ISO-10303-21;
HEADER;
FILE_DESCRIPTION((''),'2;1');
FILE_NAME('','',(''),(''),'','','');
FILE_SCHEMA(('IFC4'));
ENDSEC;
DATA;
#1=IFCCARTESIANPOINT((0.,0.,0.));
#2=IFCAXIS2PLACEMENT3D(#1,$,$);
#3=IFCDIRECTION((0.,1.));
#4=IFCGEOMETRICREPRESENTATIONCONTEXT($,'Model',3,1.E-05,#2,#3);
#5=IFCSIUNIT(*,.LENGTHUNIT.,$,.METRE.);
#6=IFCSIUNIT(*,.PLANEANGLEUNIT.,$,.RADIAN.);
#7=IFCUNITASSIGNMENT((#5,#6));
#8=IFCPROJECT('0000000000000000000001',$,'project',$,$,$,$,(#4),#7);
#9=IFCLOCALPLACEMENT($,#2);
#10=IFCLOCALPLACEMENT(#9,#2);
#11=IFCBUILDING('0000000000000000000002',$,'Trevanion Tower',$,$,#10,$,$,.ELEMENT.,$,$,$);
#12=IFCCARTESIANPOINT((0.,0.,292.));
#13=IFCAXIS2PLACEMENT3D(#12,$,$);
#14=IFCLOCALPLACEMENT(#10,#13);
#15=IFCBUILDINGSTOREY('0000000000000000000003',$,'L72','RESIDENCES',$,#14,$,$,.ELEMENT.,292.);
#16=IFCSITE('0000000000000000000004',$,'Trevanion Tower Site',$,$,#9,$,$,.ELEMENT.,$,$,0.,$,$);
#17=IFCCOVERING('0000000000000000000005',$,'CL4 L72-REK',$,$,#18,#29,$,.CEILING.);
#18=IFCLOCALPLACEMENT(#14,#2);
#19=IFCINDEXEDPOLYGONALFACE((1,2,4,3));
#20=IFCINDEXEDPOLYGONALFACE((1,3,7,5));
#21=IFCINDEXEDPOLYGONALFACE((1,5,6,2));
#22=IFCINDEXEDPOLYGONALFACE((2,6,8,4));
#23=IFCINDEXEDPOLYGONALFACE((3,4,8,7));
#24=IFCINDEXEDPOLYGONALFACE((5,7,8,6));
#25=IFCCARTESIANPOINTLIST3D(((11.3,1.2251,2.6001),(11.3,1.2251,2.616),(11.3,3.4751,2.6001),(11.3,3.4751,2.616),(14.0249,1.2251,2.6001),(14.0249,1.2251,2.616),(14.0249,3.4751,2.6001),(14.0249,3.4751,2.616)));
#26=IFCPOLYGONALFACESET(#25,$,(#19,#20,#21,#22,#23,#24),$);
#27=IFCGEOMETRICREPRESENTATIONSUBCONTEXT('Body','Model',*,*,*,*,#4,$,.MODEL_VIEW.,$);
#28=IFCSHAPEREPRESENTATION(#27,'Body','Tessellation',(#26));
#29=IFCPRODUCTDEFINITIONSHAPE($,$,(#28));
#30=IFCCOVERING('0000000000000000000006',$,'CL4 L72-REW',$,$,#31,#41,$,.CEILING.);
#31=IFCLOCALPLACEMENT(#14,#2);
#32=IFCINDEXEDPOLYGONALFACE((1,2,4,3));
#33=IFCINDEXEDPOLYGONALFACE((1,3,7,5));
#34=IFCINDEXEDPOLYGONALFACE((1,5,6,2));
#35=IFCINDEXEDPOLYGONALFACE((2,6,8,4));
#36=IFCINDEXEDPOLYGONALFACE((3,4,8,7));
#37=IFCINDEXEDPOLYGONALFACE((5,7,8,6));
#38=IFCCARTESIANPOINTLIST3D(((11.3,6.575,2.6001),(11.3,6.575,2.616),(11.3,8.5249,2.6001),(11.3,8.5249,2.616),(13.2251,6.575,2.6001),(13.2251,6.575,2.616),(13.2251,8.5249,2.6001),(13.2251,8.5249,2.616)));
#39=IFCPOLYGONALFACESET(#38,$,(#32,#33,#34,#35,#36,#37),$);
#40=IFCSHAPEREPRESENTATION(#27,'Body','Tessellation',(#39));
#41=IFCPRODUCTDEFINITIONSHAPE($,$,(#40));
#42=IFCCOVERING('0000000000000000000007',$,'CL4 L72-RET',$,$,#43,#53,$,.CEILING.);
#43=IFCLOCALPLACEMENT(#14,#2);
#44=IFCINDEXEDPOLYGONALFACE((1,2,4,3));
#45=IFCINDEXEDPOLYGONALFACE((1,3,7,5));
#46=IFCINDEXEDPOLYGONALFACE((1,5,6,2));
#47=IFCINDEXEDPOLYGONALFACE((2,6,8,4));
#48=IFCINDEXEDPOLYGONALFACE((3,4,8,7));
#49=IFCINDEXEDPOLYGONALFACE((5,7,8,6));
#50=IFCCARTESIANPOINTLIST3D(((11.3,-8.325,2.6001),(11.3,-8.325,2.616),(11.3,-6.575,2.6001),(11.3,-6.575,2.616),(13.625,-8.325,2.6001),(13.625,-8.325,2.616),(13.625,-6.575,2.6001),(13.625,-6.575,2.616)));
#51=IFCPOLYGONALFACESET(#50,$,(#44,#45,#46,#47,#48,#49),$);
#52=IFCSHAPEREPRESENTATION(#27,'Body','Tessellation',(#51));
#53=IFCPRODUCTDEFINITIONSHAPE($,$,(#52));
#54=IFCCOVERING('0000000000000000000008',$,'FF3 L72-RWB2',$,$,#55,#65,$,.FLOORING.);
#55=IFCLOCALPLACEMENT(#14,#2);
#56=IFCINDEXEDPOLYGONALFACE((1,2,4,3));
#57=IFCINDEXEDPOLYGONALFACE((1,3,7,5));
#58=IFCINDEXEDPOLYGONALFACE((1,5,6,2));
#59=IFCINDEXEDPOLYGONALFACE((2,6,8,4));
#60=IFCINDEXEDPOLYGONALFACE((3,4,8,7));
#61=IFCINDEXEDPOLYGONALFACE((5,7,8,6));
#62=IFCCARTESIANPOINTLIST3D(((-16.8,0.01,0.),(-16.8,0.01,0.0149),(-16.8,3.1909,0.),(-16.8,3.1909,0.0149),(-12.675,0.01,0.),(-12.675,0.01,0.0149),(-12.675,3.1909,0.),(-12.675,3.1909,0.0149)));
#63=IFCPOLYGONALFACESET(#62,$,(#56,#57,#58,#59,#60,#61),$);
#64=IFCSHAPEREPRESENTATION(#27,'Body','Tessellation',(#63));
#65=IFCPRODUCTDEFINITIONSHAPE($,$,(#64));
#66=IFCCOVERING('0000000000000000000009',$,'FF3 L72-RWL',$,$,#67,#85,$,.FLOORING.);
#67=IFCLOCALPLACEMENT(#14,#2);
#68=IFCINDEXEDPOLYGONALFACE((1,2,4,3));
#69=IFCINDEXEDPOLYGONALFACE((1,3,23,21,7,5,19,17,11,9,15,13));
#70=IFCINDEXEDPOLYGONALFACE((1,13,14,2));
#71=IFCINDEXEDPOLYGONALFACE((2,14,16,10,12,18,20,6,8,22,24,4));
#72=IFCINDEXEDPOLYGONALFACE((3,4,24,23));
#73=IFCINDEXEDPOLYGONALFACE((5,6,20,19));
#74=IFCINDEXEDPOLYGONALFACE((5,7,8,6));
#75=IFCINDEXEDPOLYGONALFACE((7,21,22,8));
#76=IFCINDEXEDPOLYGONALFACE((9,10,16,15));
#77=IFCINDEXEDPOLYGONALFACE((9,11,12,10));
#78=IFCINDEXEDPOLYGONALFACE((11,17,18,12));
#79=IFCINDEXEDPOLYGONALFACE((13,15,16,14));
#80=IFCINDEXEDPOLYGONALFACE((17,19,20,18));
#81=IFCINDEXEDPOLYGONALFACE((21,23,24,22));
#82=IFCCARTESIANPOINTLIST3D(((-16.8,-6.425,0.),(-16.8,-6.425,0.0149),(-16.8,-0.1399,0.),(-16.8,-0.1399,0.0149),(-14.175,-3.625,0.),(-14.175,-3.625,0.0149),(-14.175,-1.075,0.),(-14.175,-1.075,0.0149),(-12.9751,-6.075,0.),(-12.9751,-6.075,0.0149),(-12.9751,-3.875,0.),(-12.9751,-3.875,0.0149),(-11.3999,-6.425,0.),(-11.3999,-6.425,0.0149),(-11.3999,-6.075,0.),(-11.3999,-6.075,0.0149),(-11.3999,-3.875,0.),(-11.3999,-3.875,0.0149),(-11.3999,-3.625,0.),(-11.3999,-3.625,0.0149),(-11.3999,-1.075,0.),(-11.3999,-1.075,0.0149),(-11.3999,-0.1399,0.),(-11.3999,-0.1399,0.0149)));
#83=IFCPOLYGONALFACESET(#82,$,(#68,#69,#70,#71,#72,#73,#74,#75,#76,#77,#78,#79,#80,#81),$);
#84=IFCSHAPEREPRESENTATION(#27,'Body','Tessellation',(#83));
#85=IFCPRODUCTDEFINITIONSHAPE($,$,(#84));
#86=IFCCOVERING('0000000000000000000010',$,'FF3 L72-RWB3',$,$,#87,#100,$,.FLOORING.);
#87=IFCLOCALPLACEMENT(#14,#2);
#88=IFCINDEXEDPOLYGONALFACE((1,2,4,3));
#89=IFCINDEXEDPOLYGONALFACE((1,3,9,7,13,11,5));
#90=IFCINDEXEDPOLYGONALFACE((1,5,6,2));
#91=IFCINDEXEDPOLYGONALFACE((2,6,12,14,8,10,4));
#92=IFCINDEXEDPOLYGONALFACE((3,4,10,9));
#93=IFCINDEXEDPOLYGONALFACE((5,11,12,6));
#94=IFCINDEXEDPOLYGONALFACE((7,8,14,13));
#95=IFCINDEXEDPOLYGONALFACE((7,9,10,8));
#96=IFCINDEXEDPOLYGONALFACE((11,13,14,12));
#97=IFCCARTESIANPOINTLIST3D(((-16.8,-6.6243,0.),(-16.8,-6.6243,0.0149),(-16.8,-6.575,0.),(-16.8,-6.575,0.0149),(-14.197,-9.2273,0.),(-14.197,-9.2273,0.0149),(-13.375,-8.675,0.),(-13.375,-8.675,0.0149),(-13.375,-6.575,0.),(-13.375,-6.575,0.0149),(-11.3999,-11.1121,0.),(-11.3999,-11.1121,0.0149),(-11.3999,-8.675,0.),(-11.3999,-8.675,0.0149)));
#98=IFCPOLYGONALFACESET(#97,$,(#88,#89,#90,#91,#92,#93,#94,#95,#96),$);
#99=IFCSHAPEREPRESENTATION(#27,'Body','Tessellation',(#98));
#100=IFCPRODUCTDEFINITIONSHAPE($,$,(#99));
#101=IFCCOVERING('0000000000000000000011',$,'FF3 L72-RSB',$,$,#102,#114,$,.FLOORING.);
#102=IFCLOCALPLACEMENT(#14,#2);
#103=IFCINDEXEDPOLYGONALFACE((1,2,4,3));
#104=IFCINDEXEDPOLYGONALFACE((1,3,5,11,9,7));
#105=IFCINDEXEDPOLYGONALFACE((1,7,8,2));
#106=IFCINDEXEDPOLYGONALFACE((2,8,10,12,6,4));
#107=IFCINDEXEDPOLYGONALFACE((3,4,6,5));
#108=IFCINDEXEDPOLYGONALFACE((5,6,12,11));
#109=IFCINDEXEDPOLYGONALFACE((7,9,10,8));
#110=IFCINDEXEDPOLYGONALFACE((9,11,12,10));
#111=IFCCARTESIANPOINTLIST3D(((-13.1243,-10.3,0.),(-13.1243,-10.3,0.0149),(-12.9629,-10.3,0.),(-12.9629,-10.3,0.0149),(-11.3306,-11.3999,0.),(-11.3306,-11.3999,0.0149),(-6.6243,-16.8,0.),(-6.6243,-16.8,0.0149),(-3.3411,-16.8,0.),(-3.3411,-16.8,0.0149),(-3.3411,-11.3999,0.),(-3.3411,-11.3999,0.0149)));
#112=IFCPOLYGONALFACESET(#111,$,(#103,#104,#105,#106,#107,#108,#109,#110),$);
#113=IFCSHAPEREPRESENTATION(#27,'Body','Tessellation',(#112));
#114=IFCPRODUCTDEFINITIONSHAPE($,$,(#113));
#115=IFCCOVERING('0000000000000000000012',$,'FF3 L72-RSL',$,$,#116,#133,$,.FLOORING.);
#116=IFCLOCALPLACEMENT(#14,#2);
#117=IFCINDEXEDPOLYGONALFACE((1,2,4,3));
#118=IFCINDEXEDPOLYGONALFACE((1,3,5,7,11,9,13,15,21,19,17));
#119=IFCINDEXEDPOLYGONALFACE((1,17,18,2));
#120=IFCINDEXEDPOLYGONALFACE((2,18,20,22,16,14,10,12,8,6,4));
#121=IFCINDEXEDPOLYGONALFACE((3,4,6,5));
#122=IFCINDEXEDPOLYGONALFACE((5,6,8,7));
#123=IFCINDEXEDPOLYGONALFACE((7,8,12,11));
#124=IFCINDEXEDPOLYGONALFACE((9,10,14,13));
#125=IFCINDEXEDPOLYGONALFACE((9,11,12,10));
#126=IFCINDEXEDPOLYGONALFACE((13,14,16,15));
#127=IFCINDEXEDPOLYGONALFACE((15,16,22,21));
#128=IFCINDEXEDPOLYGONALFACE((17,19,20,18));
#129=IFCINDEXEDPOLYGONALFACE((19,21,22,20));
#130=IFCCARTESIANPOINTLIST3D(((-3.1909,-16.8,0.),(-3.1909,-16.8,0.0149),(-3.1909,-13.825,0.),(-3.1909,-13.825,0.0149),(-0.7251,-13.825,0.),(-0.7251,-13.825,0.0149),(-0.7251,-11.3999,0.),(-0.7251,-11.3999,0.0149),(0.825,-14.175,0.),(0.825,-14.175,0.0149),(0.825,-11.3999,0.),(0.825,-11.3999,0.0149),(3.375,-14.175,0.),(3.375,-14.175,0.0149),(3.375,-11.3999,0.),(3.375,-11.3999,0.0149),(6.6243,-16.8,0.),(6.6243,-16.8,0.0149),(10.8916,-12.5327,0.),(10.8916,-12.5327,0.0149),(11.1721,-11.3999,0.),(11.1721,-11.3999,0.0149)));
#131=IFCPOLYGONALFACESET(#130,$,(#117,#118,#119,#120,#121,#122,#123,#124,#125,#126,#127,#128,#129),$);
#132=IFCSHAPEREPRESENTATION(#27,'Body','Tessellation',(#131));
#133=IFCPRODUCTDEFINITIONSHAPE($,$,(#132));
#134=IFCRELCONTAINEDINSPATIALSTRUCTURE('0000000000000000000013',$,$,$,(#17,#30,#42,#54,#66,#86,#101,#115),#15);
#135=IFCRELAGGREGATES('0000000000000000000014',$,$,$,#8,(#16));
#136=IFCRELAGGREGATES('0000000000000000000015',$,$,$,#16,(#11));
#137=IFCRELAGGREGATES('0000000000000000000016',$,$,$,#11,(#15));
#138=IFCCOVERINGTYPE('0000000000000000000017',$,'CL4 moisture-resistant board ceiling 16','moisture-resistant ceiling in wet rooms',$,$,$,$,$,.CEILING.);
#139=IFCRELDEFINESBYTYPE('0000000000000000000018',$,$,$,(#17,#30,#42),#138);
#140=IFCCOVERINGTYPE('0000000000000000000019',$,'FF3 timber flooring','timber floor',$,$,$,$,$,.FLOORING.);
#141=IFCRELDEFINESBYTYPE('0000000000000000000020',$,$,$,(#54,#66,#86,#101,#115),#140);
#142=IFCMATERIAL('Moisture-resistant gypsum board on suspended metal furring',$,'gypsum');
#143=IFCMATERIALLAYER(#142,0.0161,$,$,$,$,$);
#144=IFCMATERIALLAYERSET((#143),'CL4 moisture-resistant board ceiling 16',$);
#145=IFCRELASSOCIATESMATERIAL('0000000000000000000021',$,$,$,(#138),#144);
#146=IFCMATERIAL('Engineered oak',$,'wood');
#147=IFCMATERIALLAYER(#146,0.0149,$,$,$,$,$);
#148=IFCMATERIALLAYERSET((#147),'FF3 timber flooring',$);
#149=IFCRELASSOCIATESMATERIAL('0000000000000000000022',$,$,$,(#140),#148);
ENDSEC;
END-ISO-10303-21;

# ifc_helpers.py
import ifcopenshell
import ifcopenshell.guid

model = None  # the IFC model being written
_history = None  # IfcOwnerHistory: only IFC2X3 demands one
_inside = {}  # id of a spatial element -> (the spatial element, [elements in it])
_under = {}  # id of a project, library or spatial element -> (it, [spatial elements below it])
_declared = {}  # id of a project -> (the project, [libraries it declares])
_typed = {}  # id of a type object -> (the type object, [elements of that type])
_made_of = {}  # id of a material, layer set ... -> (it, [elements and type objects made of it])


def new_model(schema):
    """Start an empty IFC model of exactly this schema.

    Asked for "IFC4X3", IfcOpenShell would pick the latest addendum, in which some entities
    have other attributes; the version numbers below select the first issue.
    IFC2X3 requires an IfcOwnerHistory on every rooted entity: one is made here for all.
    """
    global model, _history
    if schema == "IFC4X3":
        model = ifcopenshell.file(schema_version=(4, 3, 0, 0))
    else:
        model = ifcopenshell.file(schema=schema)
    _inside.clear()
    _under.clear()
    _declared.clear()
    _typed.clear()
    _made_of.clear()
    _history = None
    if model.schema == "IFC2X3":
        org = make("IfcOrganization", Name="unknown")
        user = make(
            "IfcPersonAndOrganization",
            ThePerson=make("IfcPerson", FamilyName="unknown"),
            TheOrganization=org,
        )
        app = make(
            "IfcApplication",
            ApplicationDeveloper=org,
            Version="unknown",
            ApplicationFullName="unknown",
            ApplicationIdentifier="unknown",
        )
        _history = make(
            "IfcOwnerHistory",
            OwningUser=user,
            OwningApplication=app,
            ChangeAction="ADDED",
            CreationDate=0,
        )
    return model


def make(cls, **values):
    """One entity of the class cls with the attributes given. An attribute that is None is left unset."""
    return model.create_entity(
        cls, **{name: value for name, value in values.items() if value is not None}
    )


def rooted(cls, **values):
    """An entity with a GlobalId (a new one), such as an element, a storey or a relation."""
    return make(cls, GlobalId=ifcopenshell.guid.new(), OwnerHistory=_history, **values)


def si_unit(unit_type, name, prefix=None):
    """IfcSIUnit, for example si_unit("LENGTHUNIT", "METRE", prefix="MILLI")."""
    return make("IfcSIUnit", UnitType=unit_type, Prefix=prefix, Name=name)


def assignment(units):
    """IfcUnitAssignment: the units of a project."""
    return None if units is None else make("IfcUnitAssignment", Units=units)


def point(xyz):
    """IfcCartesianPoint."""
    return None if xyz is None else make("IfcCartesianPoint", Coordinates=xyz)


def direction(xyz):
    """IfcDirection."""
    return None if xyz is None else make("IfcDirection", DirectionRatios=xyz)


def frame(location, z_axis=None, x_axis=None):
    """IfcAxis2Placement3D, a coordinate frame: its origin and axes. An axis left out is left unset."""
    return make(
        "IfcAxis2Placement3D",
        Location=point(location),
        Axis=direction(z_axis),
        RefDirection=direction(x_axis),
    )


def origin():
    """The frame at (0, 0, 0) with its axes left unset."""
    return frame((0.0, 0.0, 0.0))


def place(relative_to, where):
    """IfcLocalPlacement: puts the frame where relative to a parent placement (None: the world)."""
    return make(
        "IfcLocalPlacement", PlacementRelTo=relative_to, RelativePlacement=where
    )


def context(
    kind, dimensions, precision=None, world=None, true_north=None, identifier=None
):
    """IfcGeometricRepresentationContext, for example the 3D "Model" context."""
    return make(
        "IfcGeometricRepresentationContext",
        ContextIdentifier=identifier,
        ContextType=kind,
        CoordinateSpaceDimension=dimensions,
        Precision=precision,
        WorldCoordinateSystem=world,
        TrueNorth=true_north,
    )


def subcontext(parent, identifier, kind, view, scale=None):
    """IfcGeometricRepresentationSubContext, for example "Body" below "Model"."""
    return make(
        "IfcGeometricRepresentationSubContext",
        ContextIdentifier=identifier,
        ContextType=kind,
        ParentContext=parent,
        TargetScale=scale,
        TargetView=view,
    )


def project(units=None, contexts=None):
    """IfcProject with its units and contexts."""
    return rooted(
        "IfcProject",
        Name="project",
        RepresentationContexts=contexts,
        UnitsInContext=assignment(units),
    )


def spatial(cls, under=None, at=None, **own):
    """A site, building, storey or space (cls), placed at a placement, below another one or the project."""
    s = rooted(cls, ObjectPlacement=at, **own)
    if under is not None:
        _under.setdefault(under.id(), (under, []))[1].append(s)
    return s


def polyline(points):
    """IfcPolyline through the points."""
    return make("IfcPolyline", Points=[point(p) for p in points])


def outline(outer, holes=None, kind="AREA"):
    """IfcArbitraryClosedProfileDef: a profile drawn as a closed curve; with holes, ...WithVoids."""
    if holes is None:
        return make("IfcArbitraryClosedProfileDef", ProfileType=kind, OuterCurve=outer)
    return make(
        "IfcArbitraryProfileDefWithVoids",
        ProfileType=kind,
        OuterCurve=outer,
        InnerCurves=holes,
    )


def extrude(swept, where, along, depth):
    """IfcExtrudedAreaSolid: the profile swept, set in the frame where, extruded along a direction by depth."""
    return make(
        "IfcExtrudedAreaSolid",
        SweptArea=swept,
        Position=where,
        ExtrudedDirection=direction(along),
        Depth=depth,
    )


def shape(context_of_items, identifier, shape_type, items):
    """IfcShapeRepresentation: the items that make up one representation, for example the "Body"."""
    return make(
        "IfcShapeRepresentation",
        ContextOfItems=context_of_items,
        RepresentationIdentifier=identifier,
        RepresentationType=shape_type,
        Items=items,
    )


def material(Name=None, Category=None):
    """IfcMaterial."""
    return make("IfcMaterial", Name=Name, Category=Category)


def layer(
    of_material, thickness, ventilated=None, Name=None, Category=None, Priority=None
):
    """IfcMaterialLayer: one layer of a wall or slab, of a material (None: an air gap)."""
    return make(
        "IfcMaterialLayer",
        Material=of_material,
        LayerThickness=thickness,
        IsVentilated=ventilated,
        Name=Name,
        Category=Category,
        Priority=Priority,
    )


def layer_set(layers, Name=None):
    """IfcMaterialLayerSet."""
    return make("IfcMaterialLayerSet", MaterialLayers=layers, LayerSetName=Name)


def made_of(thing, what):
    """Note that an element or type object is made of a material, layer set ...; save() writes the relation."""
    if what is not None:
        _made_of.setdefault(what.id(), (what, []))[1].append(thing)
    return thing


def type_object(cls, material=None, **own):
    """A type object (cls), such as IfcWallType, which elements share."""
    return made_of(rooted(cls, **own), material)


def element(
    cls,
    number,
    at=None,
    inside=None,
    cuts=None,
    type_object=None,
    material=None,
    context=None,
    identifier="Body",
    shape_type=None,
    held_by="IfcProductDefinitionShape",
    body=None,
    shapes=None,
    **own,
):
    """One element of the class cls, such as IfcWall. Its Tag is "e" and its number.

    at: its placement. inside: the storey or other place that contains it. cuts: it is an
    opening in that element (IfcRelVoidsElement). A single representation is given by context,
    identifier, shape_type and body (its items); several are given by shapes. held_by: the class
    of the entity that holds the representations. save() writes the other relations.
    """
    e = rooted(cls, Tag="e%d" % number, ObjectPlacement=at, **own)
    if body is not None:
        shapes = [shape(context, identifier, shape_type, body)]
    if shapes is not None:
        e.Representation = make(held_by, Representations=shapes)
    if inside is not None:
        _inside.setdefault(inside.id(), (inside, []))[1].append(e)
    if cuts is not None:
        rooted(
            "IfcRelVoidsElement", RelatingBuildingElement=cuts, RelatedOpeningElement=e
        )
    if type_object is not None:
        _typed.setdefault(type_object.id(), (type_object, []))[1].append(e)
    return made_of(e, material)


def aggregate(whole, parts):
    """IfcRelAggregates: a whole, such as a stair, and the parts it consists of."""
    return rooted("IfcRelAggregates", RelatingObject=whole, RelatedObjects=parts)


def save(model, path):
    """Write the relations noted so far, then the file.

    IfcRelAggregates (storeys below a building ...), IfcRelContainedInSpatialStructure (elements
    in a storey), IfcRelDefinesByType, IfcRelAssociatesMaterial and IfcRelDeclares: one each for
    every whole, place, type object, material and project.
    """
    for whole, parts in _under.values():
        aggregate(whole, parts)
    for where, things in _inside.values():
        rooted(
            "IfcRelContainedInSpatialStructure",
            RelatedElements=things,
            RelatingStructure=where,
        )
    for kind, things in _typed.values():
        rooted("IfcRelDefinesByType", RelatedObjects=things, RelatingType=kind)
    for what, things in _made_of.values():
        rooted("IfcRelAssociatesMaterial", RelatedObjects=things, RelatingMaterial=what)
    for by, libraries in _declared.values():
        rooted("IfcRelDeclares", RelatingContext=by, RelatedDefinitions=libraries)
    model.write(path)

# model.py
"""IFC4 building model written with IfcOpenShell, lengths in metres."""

from ifc_helpers import new_model, si_unit, direction, frame, origin, place, context, subcontext, project, spatial, polyline, outline, extrude, material, layer, layer_set, type_object, element, save


model = new_model("IFC4")

# Units and contexts
model_context = context("Model", 3, precision=1e-05, world=origin(), true_north=direction((0.0, 1.0)))
body_context = subcontext(model_context, "Body", "Model", "MODEL_VIEW")
ifc_project = project(units=[si_unit("LENGTHUNIT", "METRE"), si_unit("PLANEANGLEUNIT", "RADIAN")], contexts=[model_context])

# Site, building, storey
site_placement = place(None, origin())
site = spatial("IfcSite", under=ifc_project, at=site_placement, Name="Trevanion Tower Site", CompositionType="ELEMENT", RefElevation=0.0)
building_placement = place(site_placement, origin())
building = spatial("IfcBuilding", under=site, at=building_placement, Name="Trevanion Tower", CompositionType="ELEMENT")
storey_placement = place(building_placement, frame((0.0, 0.0, 292.0)))
storey = spatial("IfcBuildingStorey", under=building, at=storey_placement, Name="L72", Description="RESIDENCES", CompositionType="ELEMENT", Elevation=292.0)

# Coverings
ifc_material_1 = material(Name="Moisture-resistant gypsum board on suspended metal furring", Category="gypsum")
ifc_layer_1 = layer(ifc_material_1, 0.0161)
ifc_layer_set_1 = layer_set([ifc_layer_1], Name="CL4 moisture-resistant board ceiling 16")
covering_type_1 = type_object("IfcCoveringType", Name="CL4 moisture-resistant board ceiling 16", Description="moisture-resistant ceiling in wet rooms", PredefinedType="CEILING", material=ifc_layer_set_1)
covering_1_placement = place(storey_placement, frame((0.0, 0.0, 2.6001)))
element("IfcCovering", 1, at=covering_1_placement, inside=storey, type_object=covering_type_1, Name="CL4 L72-REK", PredefinedType="CEILING", context=body_context, shape_type="SweptSolid", body=[
    extrude(outline(polyline([(14.0249, 1.2251), (14.0249, 3.4751), (11.3, 3.4751), (11.3, 1.2251), (14.0249, 1.2251)])), origin(), (0.0, 0.0, 1.0), 0.0159),
])
covering_2_placement = place(storey_placement, frame((0.0, 0.0, 2.6001)))
element("IfcCovering", 2, at=covering_2_placement, inside=storey, type_object=covering_type_1, Name="CL4 L72-REW", PredefinedType="CEILING", context=body_context, shape_type="SweptSolid", body=[
    extrude(outline(polyline([(13.2251, 6.575), (13.2251, 8.5249), (11.3, 8.5249), (11.3, 6.575), (13.2251, 6.575)])), origin(), (0.0, 0.0, 1.0), 0.0159),
])
covering_3_placement = place(storey_placement, frame((0.0, 0.0, 2.6001)))
element("IfcCovering", 3, at=covering_3_placement, inside=storey, type_object=covering_type_1, Name="CL4 L72-RET", PredefinedType="CEILING", context=body_context, shape_type="SweptSolid", body=[
    extrude(outline(polyline([(13.625, -8.325), (13.625, -6.575), (11.3, -6.575), (11.3, -8.325), (13.625, -8.325)])), origin(), (0.0, 0.0, 1.0), 0.0159),
])
ifc_material_2 = material(Name="Engineered oak", Category="wood")
ifc_layer_2 = layer(ifc_material_2, 0.0149)
ifc_layer_set_2 = layer_set([ifc_layer_2], Name="FF3 timber flooring")
covering_type_2 = type_object("IfcCoveringType", Name="FF3 timber flooring", Description="timber floor", PredefinedType="FLOORING", material=ifc_layer_set_2)
covering_4_placement = place(storey_placement, origin())
element("IfcCovering", 4, at=covering_4_placement, inside=storey, type_object=covering_type_2, Name="FF3 L72-RWB2", PredefinedType="FLOORING", context=body_context, shape_type="SweptSolid", body=[
    extrude(outline(polyline([(-12.675, 3.1909), (-12.675, 0.01), (-16.8, 0.01), (-16.8, 3.1909), (-12.675, 3.1909)])), origin(), (0.0, 0.0, 1.0), 0.0149),
])
covering_5_placement = place(storey_placement, origin())
element("IfcCovering", 5, at=covering_5_placement, inside=storey, type_object=covering_type_2, Name="FF3 L72-RWL", PredefinedType="FLOORING", context=body_context, shape_type="SweptSolid", body=[
    extrude(outline(polyline([(-11.3999, -0.1399), (-11.3999, -1.075), (-14.175, -1.075), (-14.175, -3.625), (-11.3999, -3.625), (-11.3999, -3.875), (-12.9751, -3.875), (-12.9751, -6.075), (-11.3999, -6.075), (-11.3999, -6.425), (-16.8, -6.425), (-16.8, -0.1399), (-11.3999, -0.1399)])), origin(), (0.0, 0.0, 1.0), 0.0149),
])
covering_6_placement = place(storey_placement, origin())
element("IfcCovering", 6, at=covering_6_placement, inside=storey, type_object=covering_type_2, Name="FF3 L72-RWB3", PredefinedType="FLOORING", context=body_context, shape_type="SweptSolid", body=[
    extrude(outline(polyline([(-13.375, -6.575), (-13.375, -8.675), (-11.3999, -8.675), (-11.3999, -11.1121), (-14.197, -9.2273), (-16.8, -6.6243), (-16.8, -6.575), (-13.375, -6.575)])), origin(), (0.0, 0.0, 1.0), 0.0149),
])
covering_7_placement = place(storey_placement, origin())
element("IfcCovering", 7, at=covering_7_placement, inside=storey, type_object=covering_type_2, Name="FF3 L72-RSB", PredefinedType="FLOORING", context=body_context, shape_type="SweptSolid", body=[
    extrude(outline(polyline([(-12.9629, -10.3), (-11.3306, -11.3999), (-3.3411, -11.3999), (-3.3411, -16.8), (-6.6243, -16.8), (-13.1243, -10.3), (-12.9629, -10.3)])), origin(), (0.0, 0.0, 1.0), 0.0149),
])
covering_8_placement = place(storey_placement, origin())
element("IfcCovering", 8, at=covering_8_placement, inside=storey, type_object=covering_type_2, Name="FF3 L72-RSL", PredefinedType="FLOORING", context=body_context, shape_type="SweptSolid", body=[
    extrude(outline(polyline([(10.8916, -12.5327), (6.6243, -16.8), (-3.1909, -16.8), (-3.1909, -13.825), (-0.7251, -13.825), (-0.7251, -11.3999), (0.825, -11.3999), (0.825, -14.175), (3.375, -14.175), (3.375, -11.3999), (11.1721, -11.3999), (10.8916, -12.5327)])), origin(), (0.0, 0.0, 1.0), 0.0149),
])

save(model, "model.ifc")
